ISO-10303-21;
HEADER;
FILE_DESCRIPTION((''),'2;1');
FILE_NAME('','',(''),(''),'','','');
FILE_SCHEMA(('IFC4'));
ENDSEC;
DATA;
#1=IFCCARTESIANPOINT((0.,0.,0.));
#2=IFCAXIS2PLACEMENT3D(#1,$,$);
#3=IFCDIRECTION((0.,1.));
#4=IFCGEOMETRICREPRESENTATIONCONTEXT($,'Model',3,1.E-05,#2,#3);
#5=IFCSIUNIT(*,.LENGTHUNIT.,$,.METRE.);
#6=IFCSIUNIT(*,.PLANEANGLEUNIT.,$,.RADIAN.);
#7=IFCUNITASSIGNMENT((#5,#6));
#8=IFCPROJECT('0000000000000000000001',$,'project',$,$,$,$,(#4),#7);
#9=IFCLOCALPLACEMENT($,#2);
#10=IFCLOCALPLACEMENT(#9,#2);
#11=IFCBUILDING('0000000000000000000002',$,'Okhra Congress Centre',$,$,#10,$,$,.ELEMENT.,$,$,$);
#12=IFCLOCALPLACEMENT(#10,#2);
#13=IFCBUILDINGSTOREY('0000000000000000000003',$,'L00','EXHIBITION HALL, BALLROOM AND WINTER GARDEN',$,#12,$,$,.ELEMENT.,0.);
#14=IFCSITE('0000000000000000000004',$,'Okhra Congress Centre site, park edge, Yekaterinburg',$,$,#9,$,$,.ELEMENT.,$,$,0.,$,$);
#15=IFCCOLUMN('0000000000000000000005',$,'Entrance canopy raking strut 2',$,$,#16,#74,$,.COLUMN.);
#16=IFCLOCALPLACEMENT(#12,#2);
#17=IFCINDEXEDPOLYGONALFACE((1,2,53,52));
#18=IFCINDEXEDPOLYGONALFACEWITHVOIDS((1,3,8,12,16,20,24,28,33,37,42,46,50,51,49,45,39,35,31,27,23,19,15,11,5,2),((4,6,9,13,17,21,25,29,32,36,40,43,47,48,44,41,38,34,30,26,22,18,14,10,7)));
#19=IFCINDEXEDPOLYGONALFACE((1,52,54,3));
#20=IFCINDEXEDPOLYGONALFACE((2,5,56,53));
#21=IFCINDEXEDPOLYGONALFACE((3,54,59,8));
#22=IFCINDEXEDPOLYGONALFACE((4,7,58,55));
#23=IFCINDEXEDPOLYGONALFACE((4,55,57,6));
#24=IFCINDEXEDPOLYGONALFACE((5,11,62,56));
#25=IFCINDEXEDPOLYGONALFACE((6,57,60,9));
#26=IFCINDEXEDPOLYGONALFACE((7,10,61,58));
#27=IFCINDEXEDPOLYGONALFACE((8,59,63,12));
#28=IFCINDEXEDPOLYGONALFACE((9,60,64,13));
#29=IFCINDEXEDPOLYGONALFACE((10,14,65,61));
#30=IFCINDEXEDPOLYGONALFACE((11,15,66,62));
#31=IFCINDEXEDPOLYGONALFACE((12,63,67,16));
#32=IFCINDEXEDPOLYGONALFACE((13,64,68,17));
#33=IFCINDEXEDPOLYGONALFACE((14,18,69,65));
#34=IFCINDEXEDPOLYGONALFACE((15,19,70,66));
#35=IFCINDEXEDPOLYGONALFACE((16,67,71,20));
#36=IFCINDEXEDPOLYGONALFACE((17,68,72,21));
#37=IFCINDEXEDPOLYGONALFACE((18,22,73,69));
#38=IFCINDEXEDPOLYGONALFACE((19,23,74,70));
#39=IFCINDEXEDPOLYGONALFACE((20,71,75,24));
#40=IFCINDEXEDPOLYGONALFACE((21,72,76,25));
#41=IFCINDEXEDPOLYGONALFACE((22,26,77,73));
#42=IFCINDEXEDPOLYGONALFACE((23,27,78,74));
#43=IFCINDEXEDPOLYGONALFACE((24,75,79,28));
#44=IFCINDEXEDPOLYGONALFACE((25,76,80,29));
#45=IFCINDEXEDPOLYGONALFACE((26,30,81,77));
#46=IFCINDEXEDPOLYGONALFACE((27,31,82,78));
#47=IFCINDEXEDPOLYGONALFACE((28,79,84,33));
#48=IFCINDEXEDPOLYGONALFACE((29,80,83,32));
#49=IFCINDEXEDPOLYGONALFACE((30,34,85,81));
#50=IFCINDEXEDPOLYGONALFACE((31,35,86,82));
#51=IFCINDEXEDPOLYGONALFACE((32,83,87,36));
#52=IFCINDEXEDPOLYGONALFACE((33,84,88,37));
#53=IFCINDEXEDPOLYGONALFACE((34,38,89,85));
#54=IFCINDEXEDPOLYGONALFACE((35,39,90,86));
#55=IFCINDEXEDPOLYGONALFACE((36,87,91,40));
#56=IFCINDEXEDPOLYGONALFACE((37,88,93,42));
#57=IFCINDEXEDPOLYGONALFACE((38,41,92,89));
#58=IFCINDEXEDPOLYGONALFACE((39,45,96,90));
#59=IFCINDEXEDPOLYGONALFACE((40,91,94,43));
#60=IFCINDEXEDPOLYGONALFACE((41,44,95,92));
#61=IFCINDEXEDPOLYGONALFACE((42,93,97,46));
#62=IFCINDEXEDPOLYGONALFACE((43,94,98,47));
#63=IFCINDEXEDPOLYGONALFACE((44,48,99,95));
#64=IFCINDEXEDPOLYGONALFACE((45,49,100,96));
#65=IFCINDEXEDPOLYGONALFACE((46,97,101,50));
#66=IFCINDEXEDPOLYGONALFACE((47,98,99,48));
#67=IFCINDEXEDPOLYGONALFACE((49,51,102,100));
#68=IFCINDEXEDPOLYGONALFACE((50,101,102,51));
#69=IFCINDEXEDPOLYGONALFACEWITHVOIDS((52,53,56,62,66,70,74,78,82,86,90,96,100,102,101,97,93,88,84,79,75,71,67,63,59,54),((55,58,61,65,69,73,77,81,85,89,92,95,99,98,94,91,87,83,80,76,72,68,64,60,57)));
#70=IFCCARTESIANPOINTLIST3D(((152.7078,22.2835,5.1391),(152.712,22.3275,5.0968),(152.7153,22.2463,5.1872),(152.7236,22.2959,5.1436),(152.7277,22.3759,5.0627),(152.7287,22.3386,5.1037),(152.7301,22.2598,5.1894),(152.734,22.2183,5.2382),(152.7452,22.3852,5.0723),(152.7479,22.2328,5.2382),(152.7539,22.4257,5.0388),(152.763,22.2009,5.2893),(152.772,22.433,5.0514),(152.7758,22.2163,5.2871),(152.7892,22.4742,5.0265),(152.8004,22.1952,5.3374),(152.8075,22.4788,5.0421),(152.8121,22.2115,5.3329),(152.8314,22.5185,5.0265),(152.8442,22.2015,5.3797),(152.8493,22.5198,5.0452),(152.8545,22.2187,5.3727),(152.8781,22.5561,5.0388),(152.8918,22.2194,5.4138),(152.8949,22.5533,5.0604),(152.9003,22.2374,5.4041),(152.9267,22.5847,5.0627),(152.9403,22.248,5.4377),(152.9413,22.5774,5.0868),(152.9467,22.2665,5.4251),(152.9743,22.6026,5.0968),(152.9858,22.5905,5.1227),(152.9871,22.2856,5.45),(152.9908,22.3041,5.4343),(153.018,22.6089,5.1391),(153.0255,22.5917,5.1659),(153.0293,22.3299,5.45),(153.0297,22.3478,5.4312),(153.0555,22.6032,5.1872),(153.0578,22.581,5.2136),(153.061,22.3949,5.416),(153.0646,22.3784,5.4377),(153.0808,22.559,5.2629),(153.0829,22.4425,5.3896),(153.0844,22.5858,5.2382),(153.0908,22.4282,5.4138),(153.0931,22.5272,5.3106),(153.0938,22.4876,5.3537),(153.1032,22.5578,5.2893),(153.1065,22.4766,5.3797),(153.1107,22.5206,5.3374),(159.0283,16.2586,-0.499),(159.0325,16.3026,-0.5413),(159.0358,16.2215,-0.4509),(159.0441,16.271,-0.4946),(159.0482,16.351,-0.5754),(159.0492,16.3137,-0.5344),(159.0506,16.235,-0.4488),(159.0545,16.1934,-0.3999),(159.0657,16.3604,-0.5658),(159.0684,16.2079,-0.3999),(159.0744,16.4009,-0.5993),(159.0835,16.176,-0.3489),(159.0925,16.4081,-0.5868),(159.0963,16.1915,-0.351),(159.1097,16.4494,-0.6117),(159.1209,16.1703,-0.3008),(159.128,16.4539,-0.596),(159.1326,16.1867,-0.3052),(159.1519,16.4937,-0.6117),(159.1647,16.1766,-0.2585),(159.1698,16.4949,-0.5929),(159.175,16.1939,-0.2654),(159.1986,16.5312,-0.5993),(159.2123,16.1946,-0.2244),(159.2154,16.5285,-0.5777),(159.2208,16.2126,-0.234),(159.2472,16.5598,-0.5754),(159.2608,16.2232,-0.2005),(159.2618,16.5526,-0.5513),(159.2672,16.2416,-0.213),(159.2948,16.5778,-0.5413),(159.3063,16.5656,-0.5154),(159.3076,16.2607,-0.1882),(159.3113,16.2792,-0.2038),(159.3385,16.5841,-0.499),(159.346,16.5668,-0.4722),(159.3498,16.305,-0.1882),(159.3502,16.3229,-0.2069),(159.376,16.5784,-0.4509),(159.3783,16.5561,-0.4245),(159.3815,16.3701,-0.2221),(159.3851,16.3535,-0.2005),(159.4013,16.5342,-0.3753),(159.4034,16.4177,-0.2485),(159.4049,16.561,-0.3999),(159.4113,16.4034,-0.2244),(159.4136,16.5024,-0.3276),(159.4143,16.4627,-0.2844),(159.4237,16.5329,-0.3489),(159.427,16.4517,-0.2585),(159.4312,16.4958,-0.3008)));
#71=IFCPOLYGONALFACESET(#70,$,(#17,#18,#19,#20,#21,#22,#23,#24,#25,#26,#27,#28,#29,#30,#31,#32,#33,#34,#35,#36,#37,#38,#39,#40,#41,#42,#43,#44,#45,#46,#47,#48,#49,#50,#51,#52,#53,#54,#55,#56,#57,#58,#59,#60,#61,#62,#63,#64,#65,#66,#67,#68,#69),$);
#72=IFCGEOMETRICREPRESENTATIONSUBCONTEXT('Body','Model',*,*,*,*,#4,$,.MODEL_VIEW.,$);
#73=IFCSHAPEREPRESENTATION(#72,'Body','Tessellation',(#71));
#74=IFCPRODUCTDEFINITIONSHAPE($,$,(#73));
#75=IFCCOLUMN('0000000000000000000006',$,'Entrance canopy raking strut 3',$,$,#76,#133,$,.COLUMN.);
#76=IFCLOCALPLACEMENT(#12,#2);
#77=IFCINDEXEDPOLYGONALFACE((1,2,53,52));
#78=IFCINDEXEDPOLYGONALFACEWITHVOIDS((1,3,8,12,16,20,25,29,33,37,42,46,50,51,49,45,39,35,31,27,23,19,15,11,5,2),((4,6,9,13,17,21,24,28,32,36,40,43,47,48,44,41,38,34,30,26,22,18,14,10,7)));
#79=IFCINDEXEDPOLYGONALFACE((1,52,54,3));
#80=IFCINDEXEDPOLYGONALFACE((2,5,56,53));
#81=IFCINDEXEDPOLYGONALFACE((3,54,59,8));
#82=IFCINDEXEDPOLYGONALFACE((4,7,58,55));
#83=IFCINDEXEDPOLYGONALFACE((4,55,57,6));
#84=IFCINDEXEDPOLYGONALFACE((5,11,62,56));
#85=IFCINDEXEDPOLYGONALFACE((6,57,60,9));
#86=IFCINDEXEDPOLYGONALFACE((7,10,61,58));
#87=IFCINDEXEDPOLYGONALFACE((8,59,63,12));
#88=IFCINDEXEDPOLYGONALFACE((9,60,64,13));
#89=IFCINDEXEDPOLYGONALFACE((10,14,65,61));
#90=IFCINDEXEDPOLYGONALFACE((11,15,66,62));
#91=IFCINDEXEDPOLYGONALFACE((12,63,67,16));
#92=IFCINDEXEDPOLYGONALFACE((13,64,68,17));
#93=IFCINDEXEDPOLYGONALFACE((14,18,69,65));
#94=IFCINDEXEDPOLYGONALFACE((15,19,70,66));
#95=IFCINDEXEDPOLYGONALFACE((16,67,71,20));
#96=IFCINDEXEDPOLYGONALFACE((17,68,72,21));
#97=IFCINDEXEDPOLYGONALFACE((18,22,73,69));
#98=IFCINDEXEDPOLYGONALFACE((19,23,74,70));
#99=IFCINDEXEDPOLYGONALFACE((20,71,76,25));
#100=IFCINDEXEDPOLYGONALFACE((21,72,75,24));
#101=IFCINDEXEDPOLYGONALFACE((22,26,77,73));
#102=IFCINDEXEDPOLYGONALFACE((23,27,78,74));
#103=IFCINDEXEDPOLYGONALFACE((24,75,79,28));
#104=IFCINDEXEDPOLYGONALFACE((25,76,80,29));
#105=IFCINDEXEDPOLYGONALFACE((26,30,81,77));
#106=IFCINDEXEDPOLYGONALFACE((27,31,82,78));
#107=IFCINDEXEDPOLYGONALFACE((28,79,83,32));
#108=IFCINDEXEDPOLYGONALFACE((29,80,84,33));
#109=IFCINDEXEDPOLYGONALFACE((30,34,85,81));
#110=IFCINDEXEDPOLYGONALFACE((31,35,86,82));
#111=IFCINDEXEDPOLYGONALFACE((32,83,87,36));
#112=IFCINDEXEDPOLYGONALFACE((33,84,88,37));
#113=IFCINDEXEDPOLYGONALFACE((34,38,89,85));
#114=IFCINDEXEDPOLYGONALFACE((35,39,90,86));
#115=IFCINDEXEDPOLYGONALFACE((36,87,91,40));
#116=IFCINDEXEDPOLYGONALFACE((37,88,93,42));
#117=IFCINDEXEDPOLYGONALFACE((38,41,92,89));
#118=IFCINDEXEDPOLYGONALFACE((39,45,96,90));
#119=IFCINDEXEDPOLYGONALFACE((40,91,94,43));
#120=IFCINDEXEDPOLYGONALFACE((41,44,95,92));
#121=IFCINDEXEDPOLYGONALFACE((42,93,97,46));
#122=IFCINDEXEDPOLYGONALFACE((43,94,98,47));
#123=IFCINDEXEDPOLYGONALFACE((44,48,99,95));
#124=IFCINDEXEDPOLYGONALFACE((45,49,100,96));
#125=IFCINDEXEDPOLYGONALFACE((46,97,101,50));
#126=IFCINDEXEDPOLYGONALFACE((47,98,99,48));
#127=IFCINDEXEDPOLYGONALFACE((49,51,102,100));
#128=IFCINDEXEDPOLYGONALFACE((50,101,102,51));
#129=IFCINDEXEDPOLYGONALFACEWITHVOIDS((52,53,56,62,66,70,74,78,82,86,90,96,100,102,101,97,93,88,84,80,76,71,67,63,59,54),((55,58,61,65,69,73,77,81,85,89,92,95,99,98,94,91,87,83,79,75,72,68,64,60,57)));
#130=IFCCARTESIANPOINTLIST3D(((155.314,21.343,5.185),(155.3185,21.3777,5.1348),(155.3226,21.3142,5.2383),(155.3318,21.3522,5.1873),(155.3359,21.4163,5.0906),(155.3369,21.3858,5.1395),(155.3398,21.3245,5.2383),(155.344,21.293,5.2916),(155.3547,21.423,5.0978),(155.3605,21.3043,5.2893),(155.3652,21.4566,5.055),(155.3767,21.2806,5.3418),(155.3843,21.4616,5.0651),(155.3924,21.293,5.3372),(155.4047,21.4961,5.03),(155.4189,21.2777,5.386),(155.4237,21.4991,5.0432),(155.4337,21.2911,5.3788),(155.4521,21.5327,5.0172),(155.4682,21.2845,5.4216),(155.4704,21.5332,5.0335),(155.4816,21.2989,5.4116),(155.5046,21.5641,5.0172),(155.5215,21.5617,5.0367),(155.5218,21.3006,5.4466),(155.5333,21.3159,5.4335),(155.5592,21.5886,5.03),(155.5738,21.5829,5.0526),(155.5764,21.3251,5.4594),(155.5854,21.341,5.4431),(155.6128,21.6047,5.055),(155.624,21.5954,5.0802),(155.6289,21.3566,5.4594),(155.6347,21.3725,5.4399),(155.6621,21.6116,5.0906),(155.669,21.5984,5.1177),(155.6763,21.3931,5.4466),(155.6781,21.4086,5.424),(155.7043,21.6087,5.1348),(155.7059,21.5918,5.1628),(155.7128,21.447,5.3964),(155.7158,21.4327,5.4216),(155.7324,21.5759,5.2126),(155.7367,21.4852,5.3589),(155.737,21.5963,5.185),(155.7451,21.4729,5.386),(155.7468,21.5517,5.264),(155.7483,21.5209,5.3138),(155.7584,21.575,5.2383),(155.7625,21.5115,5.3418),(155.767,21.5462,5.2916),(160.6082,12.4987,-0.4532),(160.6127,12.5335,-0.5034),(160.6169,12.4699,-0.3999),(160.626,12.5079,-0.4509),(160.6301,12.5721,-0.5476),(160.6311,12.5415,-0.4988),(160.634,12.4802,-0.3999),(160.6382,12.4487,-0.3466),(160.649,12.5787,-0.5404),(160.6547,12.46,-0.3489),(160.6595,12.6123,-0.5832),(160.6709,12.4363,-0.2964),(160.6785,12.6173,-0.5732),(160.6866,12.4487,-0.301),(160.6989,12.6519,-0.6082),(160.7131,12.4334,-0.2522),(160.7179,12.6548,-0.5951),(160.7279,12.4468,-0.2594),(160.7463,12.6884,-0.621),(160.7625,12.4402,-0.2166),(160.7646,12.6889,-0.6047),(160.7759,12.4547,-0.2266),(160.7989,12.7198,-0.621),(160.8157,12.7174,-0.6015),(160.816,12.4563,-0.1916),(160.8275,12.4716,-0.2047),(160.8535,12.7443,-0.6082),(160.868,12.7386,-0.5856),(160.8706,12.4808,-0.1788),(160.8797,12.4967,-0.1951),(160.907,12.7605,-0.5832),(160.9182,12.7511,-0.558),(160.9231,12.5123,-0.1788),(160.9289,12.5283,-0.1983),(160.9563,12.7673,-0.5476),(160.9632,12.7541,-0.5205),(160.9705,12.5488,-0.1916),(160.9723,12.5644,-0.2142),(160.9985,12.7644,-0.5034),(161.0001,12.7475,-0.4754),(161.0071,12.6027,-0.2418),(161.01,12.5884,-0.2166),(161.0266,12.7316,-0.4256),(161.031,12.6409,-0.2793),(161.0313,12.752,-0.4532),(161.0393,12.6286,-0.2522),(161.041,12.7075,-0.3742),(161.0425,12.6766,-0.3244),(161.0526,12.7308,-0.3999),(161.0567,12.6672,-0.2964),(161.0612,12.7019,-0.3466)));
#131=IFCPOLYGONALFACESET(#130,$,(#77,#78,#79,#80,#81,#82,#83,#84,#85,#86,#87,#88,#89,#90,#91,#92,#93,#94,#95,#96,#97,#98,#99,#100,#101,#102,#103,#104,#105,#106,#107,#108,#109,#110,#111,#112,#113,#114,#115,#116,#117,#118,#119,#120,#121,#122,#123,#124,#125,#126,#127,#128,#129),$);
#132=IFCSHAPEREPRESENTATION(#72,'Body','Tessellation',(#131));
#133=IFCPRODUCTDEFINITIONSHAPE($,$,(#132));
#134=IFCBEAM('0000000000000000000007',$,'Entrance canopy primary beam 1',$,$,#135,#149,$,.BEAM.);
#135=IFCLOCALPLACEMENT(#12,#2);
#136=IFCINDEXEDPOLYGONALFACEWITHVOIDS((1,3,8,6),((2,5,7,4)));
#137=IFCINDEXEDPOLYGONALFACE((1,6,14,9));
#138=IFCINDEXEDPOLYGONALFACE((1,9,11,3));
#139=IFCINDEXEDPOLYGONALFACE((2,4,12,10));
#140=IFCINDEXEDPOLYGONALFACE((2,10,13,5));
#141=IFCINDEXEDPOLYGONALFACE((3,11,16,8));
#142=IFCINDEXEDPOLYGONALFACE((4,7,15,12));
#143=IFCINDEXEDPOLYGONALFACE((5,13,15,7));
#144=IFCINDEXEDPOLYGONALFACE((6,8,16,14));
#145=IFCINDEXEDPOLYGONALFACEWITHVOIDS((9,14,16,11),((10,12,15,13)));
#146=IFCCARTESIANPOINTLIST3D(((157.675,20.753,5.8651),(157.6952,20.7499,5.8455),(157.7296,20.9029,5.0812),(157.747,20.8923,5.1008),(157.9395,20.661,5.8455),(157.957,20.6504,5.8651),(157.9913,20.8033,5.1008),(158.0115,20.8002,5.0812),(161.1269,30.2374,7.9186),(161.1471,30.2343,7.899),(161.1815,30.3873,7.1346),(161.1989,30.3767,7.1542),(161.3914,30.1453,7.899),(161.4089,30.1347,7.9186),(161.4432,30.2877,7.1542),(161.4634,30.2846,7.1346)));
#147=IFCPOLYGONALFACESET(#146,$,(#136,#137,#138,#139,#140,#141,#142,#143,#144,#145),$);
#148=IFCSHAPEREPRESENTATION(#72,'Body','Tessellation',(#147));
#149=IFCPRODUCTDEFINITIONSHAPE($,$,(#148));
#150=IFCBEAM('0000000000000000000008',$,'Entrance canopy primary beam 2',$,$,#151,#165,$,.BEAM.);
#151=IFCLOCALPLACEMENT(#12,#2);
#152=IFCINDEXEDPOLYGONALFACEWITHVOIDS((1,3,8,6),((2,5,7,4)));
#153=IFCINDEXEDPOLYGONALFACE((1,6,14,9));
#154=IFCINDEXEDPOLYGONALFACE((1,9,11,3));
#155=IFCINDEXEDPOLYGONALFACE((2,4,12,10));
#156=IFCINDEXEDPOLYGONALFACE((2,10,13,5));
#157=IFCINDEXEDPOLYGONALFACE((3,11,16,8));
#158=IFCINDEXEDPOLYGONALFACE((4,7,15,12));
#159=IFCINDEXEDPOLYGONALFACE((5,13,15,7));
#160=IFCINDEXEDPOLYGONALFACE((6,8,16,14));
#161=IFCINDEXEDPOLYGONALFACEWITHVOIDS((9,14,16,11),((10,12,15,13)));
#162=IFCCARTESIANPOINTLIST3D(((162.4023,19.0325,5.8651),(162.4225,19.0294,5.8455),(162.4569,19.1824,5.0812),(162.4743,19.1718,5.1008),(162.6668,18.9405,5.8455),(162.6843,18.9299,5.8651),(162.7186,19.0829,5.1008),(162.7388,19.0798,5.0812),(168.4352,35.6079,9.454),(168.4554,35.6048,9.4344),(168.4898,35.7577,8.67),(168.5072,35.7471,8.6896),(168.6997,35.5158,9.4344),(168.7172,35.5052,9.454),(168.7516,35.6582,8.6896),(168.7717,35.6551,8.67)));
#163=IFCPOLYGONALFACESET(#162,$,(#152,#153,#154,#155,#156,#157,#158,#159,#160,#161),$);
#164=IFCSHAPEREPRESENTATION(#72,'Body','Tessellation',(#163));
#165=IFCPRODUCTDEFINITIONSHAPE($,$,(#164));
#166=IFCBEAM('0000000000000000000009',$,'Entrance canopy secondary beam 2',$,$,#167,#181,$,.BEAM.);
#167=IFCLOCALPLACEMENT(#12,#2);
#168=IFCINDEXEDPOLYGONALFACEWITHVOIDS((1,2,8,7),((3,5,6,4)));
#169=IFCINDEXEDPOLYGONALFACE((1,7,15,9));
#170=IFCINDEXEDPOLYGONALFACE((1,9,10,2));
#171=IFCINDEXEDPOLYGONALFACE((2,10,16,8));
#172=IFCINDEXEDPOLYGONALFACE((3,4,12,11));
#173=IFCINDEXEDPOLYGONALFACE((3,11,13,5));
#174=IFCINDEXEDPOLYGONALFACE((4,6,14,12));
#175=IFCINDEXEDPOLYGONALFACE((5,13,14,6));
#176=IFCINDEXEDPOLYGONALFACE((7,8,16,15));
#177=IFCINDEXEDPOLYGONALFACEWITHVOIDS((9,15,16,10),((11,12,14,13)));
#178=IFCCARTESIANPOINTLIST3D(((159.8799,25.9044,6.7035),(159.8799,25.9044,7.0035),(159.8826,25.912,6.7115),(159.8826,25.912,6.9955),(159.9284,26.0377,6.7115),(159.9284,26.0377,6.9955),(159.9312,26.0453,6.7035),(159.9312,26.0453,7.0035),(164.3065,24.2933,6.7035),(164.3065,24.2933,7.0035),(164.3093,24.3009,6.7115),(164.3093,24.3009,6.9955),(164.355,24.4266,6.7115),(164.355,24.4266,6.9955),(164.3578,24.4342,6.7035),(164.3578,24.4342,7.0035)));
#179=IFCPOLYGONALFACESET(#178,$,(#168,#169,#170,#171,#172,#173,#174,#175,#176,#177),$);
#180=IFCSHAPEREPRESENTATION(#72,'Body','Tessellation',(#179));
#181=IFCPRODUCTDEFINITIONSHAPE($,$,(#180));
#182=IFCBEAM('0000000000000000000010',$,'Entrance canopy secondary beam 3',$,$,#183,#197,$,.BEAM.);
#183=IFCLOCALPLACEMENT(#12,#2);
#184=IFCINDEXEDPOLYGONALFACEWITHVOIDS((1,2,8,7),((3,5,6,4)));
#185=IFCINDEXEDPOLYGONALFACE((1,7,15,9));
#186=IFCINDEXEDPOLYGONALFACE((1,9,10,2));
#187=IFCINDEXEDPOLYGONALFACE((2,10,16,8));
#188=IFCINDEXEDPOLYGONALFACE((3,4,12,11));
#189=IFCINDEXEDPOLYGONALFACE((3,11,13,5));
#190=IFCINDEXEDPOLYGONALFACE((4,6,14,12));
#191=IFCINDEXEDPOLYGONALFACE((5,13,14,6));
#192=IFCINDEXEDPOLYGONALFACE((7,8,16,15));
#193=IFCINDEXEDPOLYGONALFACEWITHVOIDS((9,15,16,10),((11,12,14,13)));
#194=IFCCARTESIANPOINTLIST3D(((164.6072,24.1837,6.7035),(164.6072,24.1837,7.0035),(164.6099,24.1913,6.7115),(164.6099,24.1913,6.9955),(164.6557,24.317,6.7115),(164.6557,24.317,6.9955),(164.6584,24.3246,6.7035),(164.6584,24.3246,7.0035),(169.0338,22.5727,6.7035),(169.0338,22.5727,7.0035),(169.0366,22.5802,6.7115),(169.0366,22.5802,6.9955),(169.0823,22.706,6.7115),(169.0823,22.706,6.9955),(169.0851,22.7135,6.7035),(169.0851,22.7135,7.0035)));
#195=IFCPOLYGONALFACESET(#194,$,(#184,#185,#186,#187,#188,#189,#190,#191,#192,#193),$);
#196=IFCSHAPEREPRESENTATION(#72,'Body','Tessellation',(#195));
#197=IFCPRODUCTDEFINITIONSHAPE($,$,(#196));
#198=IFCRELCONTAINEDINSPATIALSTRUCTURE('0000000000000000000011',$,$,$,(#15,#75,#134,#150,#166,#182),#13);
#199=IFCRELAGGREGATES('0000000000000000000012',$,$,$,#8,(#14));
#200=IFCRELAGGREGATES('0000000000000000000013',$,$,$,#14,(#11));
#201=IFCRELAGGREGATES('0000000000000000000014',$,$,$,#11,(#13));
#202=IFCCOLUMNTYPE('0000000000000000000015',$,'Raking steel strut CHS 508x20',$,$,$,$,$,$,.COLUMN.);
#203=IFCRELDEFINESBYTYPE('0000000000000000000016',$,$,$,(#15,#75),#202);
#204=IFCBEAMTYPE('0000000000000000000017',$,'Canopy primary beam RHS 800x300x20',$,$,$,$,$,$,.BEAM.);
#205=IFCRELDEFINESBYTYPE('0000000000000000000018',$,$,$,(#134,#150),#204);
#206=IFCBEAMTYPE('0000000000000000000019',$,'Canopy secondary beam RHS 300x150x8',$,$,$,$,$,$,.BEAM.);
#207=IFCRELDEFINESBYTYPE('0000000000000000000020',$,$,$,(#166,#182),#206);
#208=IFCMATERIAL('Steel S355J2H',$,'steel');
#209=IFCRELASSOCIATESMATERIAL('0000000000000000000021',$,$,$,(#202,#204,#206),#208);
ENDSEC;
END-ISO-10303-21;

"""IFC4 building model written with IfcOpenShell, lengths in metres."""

from ifc_helpers import new_model, si_unit, direction, frame, origin, origin_2d, place, context, subcontext, project, spatial, hollow_rectangle, hollow_circle, extrude, material, material_profile, profile_set, type_object, element, save


model = new_model("IFC4")

# Units and contexts
model_context = context("Model", 3, precision=1e-05, world=origin(), true_north=direction((0.0, 1.0)))
body_context = subcontext(model_context, "Body", "Model", "MODEL_VIEW")
ifc_project = project(units=[si_unit("LENGTHUNIT", "METRE"), si_unit("PLANEANGLEUNIT", "RADIAN")], contexts=[model_context])

# Site, building, storey
site_placement = place(None, origin())
site = spatial("IfcSite", under=ifc_project, at=site_placement, Name="Okhra Congress Centre site, park edge, Yekaterinburg", CompositionType="ELEMENT", RefElevation=0.0)
building_placement = place(site_placement, origin())
building = spatial("IfcBuilding", under=site, at=building_placement, Name="Okhra Congress Centre", CompositionType="ELEMENT")
storey_placement = place(building_placement, origin())
storey = spatial("IfcBuildingStorey", under=building, at=storey_placement, Name="L00", Description="EXHIBITION HALL, BALLROOM AND WINTER GARDEN", CompositionType="ELEMENT", Elevation=0.0)

# Columns
ifc_material_1 = material(Name="Steel S355J2H", Category="steel")
ifc_material_profile_1 = material_profile(ifc_material_1, hollow_circle(Radius=0.2539, WallThickness=0.02, at=origin_2d()), Name="CHS 508x20")
ifc_profile_set_1 = profile_set([ifc_material_profile_1], Name="Steel S355J2H")
column_type = type_object("IfcColumnType", Name="Raking steel strut CHS 508x20", PredefinedType="COLUMN", material=ifc_profile_set_1)
column_1_placement = place(storey_placement, frame((159.2297, 16.3772, -0.3999), z_axis=(-0.608089, 0.579645, 0.542439), x_axis=(-0.689975, -0.723833, 0.0)))
element("IfcColumn", 1, at=column_1_placement, inside=storey, type_object=column_type, Name="Entrance canopy raking strut 2", PredefinedType="COLUMN", context=body_context, shape_type="SweptSolid", body=[
    extrude(hollow_circle(Radius=0.2539, WallThickness=0.02, at=origin_2d()), origin(), (0.0, 0.0, 1.0), 10.394),
])
column_2_placement = place(storey_placement, frame((160.8347, 12.6003, -0.3999), z_axis=(-0.450609, 0.752768, 0.479888), x_axis=(-0.858021, -0.513614, 0.0)))
element("IfcColumn", 2, at=column_2_placement, inside=storey, type_object=column_type, Name="Entrance canopy raking strut 3", PredefinedType="COLUMN", context=body_context, shape_type="SweptSolid", body=[
    extrude(hollow_circle(Radius=0.2539, WallThickness=0.02, at=origin_2d()), origin(), (0.0, 0.0, 1.0), 11.749),
])

# Beams
ifc_material_profile_2 = material_profile(ifc_material_1, hollow_rectangle(XDim=0.3, YDim=0.8, WallThickness=0.02, at=origin_2d()), Name="RHS 800x300x20")
ifc_profile_set_2 = profile_set([ifc_material_profile_2], Name="Steel S355J2H")
beam_type_1 = type_object("IfcBeamType", Name="Canopy primary beam RHS 800x300x20", PredefinedType="BEAM", material=ifc_profile_set_2)
beam_1_placement = place(storey_placement, frame((157.8433, 20.7766, 5.4731), z_axis=(0.335143, 0.920832, 0.19937), x_axis=(-0.939697, 0.342009, 0.0)))
element("IfcBeam", 3, at=beam_1_placement, inside=storey, type_object=beam_type_1, Name="Entrance canopy primary beam 1", PredefinedType="BEAM", context=body_context, shape_type="SweptSolid", body=[
    extrude(hollow_rectangle(XDim=0.3, YDim=0.8, WallThickness=0.02, at=origin_2d()), origin(), (0.0, 0.0, 1.0), 10.2998),
])
beam_2_placement = place(storey_placement, frame((162.5706, 19.0562, 5.4731), z_axis=(0.335153, 0.920827, 0.199375), x_axis=(-0.939693, 0.34202, 0.0)))
element("IfcBeam", 4, at=beam_2_placement, inside=storey, type_object=beam_type_1, Name="Entrance canopy primary beam 2", PredefinedType="BEAM", context=body_context, shape_type="SweptSolid", body=[
    extrude(hollow_rectangle(XDim=0.3, YDim=0.8, WallThickness=0.02, at=origin_2d()), origin(), (0.0, 0.0, 1.0), 18.0005),
])
ifc_material_profile_3 = material_profile(ifc_material_1, hollow_rectangle(XDim=0.1499, YDim=0.3, WallThickness=0.0081, at=origin_2d()), Name="RHS 300x150x8")
ifc_profile_set_3 = profile_set([ifc_material_profile_3], Name="Steel S355J2H")
beam_type_2 = type_object("IfcBeamType", Name="Canopy secondary beam RHS 300x150x8", PredefinedType="BEAM", material=ifc_profile_set_3)
for number, where, z_axis, x_axis, name in (
    (5, (159.9055, 25.9749, 6.8535), (0.939695, -0.342014, 0.0), (0.342014, 0.939695, 0.0), "Entrance canopy secondary beam 2"),
    (6, (164.6328, 24.2542, 6.8535), (0.939701, -0.341997, 0.0), (0.341997, 0.939701, 0.0), "Entrance canopy secondary beam 3"),
):
    element("IfcBeam", number, at=place(storey_placement, frame(where, z_axis=z_axis, x_axis=x_axis)), inside=storey, type_object=beam_type_2, Name=name, PredefinedType="BEAM", context=body_context, shape_type="SweptSolid", body=[
        extrude(hollow_rectangle(XDim=0.1499, YDim=0.3, WallThickness=0.0081, at=origin_2d()), origin(), (0.0, 0.0, 1.0), 4.7107),
    ])

save(model, "model.ifc")
